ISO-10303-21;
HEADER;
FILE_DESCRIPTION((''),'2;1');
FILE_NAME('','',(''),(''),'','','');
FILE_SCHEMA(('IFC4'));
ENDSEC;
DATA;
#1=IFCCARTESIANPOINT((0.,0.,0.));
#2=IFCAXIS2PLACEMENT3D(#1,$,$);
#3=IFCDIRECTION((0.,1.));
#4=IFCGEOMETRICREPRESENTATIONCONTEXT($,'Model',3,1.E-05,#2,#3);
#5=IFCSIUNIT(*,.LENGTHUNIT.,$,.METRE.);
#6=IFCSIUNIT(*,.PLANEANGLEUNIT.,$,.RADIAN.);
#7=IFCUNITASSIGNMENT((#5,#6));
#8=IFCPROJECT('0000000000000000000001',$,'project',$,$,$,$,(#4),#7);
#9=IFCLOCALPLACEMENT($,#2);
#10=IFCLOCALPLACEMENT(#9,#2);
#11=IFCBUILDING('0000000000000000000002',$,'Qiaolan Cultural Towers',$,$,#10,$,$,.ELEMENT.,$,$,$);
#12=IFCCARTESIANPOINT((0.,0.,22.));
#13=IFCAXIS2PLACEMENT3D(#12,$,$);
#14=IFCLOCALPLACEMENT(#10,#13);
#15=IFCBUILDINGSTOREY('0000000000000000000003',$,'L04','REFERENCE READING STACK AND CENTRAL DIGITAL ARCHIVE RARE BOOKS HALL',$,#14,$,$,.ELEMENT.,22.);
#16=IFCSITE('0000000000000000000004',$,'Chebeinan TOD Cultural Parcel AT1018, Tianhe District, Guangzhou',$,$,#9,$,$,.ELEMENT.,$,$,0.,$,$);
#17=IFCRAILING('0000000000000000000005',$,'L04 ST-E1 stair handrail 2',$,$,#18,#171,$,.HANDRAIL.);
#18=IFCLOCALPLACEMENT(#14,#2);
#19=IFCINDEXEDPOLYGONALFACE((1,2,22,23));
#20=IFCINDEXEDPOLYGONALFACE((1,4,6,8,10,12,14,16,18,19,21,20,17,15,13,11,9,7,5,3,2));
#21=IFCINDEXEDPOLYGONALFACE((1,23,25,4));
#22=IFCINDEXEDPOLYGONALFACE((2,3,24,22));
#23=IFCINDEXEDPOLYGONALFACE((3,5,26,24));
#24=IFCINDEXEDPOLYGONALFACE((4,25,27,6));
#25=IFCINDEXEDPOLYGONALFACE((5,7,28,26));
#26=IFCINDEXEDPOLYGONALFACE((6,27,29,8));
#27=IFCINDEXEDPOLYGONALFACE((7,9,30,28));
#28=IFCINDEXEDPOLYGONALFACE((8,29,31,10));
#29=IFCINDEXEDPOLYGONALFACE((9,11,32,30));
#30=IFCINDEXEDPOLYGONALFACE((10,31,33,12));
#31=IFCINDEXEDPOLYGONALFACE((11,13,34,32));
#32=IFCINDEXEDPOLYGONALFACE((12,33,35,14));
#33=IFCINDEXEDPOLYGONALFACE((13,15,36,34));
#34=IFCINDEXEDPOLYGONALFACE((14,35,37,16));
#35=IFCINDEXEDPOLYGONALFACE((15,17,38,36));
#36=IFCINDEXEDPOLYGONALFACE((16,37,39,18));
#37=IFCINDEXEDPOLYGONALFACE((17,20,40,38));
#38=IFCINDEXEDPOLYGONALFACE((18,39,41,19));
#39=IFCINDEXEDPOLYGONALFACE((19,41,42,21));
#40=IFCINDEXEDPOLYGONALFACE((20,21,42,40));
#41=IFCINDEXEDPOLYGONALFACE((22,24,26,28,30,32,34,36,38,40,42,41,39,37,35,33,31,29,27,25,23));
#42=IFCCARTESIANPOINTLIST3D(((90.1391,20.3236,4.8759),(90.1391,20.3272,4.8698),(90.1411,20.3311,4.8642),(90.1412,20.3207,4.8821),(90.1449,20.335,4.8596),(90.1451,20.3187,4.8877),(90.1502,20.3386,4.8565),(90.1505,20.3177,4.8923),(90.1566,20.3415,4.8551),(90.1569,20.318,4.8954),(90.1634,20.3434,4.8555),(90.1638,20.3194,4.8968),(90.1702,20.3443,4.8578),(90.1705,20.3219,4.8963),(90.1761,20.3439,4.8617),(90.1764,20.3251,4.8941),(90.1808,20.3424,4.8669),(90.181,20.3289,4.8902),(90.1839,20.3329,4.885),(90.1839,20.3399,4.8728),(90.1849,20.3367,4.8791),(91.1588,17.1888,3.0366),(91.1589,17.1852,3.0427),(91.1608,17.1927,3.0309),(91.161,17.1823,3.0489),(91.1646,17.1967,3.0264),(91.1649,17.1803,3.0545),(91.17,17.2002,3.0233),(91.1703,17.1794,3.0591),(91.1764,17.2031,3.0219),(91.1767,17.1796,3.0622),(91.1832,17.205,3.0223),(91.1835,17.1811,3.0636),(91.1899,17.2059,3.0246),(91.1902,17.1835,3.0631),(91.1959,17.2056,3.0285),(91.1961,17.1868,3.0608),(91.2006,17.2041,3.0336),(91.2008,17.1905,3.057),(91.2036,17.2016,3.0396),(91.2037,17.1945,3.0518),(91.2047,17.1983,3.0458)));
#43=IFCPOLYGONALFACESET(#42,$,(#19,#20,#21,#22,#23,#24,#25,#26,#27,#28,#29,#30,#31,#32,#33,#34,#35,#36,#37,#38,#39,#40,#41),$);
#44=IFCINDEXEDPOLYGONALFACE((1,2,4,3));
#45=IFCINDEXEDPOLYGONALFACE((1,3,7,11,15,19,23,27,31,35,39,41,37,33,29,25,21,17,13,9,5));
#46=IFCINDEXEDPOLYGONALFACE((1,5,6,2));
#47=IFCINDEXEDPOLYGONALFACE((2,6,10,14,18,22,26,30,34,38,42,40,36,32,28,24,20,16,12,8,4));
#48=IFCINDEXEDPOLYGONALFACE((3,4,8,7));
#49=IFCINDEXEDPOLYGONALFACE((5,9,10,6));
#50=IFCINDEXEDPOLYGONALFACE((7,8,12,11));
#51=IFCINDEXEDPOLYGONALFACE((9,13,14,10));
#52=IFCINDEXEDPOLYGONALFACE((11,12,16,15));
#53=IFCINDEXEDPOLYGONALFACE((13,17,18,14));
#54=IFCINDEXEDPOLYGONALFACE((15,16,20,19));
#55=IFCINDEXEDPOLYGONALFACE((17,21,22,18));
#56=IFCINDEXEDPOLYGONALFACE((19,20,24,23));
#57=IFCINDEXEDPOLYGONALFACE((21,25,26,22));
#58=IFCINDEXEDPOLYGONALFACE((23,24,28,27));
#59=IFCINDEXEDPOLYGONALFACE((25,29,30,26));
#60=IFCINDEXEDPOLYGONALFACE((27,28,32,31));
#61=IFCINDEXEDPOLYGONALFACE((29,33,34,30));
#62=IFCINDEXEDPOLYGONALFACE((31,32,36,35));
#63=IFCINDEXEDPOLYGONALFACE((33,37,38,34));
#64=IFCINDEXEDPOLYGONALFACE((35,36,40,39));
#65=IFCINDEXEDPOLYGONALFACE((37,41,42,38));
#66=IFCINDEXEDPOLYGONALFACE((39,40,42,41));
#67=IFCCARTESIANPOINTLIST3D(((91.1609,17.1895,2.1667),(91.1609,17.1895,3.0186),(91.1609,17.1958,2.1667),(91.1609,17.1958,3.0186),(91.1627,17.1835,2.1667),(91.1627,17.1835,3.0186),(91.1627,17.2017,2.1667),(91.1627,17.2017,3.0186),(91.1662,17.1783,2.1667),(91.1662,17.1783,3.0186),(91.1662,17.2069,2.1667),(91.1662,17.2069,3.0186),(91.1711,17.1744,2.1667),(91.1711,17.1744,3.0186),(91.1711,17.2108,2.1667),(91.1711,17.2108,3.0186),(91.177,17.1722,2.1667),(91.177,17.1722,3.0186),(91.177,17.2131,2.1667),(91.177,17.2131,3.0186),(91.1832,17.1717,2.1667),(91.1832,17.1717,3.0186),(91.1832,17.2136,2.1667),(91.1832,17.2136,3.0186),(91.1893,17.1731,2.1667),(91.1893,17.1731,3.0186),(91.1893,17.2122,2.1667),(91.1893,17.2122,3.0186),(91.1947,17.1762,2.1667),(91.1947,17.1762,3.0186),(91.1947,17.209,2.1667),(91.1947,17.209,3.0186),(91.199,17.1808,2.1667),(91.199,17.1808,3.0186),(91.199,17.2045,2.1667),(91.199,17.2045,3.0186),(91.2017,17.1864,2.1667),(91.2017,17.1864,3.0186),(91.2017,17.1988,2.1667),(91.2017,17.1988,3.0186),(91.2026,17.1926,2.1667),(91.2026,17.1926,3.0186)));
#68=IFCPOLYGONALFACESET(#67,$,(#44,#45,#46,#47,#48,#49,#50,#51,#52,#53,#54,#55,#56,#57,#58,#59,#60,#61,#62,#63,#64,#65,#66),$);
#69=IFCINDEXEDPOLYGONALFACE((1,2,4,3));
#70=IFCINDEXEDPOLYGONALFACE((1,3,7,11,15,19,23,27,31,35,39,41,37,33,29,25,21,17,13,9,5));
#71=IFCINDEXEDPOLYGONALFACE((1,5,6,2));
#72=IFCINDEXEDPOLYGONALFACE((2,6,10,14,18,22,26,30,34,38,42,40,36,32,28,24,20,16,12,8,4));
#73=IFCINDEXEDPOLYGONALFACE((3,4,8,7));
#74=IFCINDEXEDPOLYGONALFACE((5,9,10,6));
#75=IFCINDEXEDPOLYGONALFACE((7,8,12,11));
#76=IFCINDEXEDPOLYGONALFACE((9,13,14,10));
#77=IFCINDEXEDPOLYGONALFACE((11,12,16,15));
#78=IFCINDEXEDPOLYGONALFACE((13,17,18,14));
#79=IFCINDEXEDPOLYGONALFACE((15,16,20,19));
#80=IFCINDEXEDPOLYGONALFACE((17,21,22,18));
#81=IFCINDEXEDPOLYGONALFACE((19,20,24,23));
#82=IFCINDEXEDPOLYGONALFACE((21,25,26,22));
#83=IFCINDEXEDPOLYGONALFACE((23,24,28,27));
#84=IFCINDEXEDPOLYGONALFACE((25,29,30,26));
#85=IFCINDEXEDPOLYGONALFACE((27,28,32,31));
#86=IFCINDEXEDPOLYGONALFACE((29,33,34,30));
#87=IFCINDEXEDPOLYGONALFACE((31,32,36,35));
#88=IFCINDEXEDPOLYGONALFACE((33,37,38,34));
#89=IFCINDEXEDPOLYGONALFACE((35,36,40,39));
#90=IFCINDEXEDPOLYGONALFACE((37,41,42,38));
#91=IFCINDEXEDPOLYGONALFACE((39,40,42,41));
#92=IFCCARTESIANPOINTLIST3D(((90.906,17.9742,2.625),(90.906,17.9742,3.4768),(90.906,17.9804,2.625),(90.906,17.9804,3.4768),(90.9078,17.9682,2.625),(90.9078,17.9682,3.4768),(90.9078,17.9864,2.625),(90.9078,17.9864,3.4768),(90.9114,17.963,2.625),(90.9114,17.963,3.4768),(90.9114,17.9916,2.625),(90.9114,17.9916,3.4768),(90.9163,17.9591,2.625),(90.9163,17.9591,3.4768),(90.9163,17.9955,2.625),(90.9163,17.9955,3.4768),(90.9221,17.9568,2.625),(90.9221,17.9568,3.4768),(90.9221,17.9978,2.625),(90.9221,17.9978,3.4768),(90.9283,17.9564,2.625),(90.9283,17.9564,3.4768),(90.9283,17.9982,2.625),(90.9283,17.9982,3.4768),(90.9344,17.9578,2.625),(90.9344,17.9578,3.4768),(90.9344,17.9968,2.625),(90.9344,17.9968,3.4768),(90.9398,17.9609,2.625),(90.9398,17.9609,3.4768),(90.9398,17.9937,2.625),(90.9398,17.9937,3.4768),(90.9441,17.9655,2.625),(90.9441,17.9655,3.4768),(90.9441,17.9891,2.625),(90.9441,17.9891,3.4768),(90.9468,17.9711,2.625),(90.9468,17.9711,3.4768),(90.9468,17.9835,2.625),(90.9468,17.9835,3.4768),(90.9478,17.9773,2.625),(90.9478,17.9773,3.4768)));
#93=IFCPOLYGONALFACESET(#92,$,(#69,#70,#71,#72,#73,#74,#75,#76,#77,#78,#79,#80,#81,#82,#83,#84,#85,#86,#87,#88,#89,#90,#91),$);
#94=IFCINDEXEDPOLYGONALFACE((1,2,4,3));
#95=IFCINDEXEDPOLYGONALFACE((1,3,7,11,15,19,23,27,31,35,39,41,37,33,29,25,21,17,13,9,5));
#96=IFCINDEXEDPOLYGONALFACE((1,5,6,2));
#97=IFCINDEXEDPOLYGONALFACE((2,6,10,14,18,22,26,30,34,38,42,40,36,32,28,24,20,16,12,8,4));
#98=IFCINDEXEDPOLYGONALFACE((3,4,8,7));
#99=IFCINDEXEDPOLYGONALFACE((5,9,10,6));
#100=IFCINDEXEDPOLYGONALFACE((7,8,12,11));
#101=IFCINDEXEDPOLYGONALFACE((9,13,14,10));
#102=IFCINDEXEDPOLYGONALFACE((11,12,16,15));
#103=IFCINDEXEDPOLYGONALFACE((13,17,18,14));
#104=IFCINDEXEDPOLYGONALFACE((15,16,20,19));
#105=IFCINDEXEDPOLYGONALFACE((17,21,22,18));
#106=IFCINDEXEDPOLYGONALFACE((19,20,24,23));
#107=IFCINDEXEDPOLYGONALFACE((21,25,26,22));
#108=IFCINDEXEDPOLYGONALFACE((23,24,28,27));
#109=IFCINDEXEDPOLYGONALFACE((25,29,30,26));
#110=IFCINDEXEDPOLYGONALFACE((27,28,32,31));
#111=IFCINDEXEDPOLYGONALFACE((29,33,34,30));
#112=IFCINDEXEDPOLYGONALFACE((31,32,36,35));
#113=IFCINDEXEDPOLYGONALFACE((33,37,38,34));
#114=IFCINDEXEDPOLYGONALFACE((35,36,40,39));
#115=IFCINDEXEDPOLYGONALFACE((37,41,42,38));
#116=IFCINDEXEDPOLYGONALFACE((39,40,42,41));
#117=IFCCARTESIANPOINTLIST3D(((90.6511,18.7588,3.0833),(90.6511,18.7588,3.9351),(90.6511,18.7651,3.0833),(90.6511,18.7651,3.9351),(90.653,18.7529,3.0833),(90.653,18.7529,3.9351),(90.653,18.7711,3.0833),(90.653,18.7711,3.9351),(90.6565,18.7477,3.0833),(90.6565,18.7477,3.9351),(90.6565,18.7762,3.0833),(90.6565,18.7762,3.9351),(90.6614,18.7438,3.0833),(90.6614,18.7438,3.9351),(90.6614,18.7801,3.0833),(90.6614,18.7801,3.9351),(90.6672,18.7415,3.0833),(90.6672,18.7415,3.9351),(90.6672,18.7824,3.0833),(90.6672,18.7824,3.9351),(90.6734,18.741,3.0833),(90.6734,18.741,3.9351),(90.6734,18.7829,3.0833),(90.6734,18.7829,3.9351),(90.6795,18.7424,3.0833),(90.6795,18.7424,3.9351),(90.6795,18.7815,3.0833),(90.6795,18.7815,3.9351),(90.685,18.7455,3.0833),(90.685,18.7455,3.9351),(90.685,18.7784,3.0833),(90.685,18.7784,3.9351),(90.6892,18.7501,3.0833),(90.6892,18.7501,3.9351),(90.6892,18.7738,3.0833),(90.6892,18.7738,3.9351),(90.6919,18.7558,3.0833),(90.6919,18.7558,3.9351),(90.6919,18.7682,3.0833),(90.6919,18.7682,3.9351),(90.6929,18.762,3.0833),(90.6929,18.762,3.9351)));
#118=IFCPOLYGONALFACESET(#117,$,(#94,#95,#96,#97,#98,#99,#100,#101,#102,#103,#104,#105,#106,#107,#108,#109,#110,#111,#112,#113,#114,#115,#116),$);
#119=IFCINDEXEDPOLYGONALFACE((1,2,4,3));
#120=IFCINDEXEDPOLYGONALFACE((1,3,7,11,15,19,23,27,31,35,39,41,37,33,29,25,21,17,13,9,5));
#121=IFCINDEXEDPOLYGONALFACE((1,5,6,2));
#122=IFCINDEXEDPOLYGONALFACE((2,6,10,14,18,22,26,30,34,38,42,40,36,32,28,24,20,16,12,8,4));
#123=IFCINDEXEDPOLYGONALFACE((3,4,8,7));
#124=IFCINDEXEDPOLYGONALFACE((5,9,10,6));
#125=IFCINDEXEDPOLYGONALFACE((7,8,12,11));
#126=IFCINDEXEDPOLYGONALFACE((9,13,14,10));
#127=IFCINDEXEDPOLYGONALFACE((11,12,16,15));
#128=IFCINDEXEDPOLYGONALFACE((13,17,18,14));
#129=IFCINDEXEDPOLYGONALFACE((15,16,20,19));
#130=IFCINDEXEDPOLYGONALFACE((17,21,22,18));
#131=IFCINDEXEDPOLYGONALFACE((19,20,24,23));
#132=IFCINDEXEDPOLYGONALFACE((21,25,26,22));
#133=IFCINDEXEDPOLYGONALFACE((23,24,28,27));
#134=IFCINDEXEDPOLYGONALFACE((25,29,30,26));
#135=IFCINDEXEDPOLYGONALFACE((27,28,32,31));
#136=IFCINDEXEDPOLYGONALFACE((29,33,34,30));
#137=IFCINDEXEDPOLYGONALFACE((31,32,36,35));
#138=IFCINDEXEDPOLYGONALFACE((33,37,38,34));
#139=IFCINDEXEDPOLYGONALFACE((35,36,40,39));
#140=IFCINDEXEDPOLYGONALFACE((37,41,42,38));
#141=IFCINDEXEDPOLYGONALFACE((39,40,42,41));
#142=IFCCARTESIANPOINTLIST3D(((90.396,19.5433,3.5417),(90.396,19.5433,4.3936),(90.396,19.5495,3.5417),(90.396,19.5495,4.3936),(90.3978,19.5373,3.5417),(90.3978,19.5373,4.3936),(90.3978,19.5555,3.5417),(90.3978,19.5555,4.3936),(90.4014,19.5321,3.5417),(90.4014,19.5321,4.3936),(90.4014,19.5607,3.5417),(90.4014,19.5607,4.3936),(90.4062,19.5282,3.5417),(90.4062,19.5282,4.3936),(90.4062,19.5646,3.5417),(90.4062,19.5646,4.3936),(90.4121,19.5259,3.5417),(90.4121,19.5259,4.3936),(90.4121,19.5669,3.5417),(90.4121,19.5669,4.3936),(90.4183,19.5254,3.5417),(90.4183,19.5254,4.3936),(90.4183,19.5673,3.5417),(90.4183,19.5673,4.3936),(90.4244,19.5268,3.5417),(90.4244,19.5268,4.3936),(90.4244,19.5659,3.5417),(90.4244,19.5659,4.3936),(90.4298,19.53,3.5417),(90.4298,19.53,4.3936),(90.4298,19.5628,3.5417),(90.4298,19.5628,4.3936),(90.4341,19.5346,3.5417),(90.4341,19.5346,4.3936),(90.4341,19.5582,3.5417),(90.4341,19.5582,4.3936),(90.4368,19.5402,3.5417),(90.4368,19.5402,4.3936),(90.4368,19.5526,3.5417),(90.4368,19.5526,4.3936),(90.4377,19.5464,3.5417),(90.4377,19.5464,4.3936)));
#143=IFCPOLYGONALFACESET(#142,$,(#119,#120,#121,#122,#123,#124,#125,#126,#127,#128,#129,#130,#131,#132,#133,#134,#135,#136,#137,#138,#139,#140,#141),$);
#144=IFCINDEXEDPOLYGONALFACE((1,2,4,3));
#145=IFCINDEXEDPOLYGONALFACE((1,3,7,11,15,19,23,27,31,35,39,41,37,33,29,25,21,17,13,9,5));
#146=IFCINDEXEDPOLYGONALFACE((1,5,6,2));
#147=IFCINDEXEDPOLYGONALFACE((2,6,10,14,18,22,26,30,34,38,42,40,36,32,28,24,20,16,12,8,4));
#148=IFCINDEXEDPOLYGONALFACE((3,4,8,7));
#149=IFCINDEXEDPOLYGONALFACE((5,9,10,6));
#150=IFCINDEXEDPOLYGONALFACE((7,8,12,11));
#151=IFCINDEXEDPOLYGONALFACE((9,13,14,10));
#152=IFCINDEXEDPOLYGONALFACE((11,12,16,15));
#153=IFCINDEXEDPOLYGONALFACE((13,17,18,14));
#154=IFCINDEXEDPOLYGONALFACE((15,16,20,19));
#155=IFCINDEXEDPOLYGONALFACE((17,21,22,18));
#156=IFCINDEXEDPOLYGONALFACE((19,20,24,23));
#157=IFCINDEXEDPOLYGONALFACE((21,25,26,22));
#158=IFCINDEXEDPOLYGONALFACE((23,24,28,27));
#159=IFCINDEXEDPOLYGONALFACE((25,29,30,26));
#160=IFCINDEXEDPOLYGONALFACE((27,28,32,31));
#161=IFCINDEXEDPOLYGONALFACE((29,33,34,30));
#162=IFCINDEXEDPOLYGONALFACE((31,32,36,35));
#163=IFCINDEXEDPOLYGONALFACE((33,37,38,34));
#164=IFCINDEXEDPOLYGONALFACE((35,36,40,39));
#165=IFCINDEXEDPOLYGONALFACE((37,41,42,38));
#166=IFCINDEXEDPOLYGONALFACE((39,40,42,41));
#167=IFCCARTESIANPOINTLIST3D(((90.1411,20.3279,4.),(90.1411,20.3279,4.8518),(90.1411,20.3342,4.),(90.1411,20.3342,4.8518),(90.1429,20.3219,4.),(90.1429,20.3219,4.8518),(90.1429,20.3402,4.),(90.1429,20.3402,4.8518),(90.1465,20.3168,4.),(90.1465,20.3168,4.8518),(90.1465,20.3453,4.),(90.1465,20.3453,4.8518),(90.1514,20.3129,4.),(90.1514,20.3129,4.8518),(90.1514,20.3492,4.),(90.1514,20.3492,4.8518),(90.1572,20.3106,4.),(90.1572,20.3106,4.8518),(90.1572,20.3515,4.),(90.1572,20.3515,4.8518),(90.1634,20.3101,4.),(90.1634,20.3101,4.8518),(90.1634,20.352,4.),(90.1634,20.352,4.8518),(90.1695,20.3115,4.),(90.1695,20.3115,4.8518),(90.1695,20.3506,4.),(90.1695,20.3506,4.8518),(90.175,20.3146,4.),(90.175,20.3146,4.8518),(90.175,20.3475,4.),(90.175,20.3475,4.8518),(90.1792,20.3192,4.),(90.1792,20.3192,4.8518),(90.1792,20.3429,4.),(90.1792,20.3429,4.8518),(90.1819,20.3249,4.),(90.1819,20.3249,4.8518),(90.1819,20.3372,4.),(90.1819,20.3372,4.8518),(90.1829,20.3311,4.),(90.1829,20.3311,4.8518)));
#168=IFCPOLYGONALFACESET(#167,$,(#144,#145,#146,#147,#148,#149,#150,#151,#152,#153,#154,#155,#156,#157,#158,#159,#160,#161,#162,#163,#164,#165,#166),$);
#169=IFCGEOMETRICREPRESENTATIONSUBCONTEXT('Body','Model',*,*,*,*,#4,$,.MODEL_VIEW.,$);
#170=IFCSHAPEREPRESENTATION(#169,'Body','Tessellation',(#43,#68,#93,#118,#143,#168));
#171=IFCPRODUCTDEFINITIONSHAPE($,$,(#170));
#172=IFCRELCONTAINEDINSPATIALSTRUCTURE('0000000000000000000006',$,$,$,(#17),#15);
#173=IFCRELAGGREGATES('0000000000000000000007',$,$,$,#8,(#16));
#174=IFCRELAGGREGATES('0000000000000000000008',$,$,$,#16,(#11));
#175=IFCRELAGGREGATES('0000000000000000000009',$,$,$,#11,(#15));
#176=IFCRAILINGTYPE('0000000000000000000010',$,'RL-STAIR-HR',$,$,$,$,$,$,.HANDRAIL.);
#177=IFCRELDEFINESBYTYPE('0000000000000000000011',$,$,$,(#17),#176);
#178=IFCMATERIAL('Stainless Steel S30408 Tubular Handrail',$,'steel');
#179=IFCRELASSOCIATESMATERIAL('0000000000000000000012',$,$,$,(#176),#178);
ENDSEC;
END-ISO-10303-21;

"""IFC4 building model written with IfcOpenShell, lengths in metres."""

from ifc_helpers import new_model, si_unit, direction, frame, origin, origin_2d, place, context, subcontext, project, spatial, circle, extrude, material, type_object, element, save


model = new_model("IFC4")

# Units and contexts
model_context = context("Model", 3, precision=1e-05, world=origin(), true_north=direction((0.0, 1.0)))
body_context = subcontext(model_context, "Body", "Model", "MODEL_VIEW")
ifc_project = project(units=[si_unit("LENGTHUNIT", "METRE"), si_unit("PLANEANGLEUNIT", "RADIAN")], contexts=[model_context])

# Site, building, storey
site_placement = place(None, origin())
site = spatial("IfcSite", under=ifc_project, at=site_placement, Name="Chebeinan TOD Cultural Parcel AT1018, Tianhe District, Guangzhou", CompositionType="ELEMENT", RefElevation=0.0)
building_placement = place(site_placement, origin())
building = spatial("IfcBuilding", under=site, at=building_placement, Name="Qiaolan Cultural Towers", CompositionType="ELEMENT")
storey_placement = place(building_placement, frame((0.0, 0.0, 22.0)))
storey = spatial("IfcBuildingStorey", under=building, at=storey_placement, Name="L04", Description="REFERENCE READING STACK AND CENTRAL DIGITAL ARCHIVE RARE BOOKS HALL", CompositionType="ELEMENT", Elevation=22.0)

# Railing
ifc_material_1 = material(Name="Stainless Steel S30408 Tubular Handrail", Category="steel")
railing_type_1 = type_object("IfcRailingType", Name="RL-STAIR-HR", PredefinedType="HANDRAIL", material=ifc_material_1)
railing_1_placement = place(storey_placement, frame((91.1816, 17.1926, 2.1667)))
element("IfcRailing", 1, at=railing_1_placement, inside=storey, type_object=railing_type_1, Name="L04 ST-E1 stair handrail 2", PredefinedType="HANDRAIL", context=body_context, shape_type="SweptSolid", body=[
    extrude(circle(Radius=0.0239, at=origin_2d()), frame((0.0, 0.0, 0.876), z_axis=(-0.270141, 0.831376, 0.485632), x_axis=(-0.951053, -0.309028, 0.0)), (0.0, 0.0, 1.0), 3.7749),
    extrude(circle(Radius=0.021, at=origin_2d()), origin(), (0.0, 0.0, 1.0), 0.8518),
    extrude(circle(Radius=0.021, at=origin_2d()), frame((-0.2549, 0.7847, 0.4583)), (0.0, 0.0, 1.0), 0.8518),
    extrude(circle(Radius=0.021, at=origin_2d()), frame((-0.5098, 1.5693, 0.9165)), (0.0, 0.0, 1.0), 0.8518),
    extrude(circle(Radius=0.021, at=origin_2d()), frame((-0.7649, 2.3538, 1.375)), (0.0, 0.0, 1.0), 0.8518),
    extrude(circle(Radius=0.021, at=origin_2d()), frame((-1.0198, 3.1384, 1.8333)), (0.0, 0.0, 1.0), 0.8518),
])

save(model, "model.ifc")
